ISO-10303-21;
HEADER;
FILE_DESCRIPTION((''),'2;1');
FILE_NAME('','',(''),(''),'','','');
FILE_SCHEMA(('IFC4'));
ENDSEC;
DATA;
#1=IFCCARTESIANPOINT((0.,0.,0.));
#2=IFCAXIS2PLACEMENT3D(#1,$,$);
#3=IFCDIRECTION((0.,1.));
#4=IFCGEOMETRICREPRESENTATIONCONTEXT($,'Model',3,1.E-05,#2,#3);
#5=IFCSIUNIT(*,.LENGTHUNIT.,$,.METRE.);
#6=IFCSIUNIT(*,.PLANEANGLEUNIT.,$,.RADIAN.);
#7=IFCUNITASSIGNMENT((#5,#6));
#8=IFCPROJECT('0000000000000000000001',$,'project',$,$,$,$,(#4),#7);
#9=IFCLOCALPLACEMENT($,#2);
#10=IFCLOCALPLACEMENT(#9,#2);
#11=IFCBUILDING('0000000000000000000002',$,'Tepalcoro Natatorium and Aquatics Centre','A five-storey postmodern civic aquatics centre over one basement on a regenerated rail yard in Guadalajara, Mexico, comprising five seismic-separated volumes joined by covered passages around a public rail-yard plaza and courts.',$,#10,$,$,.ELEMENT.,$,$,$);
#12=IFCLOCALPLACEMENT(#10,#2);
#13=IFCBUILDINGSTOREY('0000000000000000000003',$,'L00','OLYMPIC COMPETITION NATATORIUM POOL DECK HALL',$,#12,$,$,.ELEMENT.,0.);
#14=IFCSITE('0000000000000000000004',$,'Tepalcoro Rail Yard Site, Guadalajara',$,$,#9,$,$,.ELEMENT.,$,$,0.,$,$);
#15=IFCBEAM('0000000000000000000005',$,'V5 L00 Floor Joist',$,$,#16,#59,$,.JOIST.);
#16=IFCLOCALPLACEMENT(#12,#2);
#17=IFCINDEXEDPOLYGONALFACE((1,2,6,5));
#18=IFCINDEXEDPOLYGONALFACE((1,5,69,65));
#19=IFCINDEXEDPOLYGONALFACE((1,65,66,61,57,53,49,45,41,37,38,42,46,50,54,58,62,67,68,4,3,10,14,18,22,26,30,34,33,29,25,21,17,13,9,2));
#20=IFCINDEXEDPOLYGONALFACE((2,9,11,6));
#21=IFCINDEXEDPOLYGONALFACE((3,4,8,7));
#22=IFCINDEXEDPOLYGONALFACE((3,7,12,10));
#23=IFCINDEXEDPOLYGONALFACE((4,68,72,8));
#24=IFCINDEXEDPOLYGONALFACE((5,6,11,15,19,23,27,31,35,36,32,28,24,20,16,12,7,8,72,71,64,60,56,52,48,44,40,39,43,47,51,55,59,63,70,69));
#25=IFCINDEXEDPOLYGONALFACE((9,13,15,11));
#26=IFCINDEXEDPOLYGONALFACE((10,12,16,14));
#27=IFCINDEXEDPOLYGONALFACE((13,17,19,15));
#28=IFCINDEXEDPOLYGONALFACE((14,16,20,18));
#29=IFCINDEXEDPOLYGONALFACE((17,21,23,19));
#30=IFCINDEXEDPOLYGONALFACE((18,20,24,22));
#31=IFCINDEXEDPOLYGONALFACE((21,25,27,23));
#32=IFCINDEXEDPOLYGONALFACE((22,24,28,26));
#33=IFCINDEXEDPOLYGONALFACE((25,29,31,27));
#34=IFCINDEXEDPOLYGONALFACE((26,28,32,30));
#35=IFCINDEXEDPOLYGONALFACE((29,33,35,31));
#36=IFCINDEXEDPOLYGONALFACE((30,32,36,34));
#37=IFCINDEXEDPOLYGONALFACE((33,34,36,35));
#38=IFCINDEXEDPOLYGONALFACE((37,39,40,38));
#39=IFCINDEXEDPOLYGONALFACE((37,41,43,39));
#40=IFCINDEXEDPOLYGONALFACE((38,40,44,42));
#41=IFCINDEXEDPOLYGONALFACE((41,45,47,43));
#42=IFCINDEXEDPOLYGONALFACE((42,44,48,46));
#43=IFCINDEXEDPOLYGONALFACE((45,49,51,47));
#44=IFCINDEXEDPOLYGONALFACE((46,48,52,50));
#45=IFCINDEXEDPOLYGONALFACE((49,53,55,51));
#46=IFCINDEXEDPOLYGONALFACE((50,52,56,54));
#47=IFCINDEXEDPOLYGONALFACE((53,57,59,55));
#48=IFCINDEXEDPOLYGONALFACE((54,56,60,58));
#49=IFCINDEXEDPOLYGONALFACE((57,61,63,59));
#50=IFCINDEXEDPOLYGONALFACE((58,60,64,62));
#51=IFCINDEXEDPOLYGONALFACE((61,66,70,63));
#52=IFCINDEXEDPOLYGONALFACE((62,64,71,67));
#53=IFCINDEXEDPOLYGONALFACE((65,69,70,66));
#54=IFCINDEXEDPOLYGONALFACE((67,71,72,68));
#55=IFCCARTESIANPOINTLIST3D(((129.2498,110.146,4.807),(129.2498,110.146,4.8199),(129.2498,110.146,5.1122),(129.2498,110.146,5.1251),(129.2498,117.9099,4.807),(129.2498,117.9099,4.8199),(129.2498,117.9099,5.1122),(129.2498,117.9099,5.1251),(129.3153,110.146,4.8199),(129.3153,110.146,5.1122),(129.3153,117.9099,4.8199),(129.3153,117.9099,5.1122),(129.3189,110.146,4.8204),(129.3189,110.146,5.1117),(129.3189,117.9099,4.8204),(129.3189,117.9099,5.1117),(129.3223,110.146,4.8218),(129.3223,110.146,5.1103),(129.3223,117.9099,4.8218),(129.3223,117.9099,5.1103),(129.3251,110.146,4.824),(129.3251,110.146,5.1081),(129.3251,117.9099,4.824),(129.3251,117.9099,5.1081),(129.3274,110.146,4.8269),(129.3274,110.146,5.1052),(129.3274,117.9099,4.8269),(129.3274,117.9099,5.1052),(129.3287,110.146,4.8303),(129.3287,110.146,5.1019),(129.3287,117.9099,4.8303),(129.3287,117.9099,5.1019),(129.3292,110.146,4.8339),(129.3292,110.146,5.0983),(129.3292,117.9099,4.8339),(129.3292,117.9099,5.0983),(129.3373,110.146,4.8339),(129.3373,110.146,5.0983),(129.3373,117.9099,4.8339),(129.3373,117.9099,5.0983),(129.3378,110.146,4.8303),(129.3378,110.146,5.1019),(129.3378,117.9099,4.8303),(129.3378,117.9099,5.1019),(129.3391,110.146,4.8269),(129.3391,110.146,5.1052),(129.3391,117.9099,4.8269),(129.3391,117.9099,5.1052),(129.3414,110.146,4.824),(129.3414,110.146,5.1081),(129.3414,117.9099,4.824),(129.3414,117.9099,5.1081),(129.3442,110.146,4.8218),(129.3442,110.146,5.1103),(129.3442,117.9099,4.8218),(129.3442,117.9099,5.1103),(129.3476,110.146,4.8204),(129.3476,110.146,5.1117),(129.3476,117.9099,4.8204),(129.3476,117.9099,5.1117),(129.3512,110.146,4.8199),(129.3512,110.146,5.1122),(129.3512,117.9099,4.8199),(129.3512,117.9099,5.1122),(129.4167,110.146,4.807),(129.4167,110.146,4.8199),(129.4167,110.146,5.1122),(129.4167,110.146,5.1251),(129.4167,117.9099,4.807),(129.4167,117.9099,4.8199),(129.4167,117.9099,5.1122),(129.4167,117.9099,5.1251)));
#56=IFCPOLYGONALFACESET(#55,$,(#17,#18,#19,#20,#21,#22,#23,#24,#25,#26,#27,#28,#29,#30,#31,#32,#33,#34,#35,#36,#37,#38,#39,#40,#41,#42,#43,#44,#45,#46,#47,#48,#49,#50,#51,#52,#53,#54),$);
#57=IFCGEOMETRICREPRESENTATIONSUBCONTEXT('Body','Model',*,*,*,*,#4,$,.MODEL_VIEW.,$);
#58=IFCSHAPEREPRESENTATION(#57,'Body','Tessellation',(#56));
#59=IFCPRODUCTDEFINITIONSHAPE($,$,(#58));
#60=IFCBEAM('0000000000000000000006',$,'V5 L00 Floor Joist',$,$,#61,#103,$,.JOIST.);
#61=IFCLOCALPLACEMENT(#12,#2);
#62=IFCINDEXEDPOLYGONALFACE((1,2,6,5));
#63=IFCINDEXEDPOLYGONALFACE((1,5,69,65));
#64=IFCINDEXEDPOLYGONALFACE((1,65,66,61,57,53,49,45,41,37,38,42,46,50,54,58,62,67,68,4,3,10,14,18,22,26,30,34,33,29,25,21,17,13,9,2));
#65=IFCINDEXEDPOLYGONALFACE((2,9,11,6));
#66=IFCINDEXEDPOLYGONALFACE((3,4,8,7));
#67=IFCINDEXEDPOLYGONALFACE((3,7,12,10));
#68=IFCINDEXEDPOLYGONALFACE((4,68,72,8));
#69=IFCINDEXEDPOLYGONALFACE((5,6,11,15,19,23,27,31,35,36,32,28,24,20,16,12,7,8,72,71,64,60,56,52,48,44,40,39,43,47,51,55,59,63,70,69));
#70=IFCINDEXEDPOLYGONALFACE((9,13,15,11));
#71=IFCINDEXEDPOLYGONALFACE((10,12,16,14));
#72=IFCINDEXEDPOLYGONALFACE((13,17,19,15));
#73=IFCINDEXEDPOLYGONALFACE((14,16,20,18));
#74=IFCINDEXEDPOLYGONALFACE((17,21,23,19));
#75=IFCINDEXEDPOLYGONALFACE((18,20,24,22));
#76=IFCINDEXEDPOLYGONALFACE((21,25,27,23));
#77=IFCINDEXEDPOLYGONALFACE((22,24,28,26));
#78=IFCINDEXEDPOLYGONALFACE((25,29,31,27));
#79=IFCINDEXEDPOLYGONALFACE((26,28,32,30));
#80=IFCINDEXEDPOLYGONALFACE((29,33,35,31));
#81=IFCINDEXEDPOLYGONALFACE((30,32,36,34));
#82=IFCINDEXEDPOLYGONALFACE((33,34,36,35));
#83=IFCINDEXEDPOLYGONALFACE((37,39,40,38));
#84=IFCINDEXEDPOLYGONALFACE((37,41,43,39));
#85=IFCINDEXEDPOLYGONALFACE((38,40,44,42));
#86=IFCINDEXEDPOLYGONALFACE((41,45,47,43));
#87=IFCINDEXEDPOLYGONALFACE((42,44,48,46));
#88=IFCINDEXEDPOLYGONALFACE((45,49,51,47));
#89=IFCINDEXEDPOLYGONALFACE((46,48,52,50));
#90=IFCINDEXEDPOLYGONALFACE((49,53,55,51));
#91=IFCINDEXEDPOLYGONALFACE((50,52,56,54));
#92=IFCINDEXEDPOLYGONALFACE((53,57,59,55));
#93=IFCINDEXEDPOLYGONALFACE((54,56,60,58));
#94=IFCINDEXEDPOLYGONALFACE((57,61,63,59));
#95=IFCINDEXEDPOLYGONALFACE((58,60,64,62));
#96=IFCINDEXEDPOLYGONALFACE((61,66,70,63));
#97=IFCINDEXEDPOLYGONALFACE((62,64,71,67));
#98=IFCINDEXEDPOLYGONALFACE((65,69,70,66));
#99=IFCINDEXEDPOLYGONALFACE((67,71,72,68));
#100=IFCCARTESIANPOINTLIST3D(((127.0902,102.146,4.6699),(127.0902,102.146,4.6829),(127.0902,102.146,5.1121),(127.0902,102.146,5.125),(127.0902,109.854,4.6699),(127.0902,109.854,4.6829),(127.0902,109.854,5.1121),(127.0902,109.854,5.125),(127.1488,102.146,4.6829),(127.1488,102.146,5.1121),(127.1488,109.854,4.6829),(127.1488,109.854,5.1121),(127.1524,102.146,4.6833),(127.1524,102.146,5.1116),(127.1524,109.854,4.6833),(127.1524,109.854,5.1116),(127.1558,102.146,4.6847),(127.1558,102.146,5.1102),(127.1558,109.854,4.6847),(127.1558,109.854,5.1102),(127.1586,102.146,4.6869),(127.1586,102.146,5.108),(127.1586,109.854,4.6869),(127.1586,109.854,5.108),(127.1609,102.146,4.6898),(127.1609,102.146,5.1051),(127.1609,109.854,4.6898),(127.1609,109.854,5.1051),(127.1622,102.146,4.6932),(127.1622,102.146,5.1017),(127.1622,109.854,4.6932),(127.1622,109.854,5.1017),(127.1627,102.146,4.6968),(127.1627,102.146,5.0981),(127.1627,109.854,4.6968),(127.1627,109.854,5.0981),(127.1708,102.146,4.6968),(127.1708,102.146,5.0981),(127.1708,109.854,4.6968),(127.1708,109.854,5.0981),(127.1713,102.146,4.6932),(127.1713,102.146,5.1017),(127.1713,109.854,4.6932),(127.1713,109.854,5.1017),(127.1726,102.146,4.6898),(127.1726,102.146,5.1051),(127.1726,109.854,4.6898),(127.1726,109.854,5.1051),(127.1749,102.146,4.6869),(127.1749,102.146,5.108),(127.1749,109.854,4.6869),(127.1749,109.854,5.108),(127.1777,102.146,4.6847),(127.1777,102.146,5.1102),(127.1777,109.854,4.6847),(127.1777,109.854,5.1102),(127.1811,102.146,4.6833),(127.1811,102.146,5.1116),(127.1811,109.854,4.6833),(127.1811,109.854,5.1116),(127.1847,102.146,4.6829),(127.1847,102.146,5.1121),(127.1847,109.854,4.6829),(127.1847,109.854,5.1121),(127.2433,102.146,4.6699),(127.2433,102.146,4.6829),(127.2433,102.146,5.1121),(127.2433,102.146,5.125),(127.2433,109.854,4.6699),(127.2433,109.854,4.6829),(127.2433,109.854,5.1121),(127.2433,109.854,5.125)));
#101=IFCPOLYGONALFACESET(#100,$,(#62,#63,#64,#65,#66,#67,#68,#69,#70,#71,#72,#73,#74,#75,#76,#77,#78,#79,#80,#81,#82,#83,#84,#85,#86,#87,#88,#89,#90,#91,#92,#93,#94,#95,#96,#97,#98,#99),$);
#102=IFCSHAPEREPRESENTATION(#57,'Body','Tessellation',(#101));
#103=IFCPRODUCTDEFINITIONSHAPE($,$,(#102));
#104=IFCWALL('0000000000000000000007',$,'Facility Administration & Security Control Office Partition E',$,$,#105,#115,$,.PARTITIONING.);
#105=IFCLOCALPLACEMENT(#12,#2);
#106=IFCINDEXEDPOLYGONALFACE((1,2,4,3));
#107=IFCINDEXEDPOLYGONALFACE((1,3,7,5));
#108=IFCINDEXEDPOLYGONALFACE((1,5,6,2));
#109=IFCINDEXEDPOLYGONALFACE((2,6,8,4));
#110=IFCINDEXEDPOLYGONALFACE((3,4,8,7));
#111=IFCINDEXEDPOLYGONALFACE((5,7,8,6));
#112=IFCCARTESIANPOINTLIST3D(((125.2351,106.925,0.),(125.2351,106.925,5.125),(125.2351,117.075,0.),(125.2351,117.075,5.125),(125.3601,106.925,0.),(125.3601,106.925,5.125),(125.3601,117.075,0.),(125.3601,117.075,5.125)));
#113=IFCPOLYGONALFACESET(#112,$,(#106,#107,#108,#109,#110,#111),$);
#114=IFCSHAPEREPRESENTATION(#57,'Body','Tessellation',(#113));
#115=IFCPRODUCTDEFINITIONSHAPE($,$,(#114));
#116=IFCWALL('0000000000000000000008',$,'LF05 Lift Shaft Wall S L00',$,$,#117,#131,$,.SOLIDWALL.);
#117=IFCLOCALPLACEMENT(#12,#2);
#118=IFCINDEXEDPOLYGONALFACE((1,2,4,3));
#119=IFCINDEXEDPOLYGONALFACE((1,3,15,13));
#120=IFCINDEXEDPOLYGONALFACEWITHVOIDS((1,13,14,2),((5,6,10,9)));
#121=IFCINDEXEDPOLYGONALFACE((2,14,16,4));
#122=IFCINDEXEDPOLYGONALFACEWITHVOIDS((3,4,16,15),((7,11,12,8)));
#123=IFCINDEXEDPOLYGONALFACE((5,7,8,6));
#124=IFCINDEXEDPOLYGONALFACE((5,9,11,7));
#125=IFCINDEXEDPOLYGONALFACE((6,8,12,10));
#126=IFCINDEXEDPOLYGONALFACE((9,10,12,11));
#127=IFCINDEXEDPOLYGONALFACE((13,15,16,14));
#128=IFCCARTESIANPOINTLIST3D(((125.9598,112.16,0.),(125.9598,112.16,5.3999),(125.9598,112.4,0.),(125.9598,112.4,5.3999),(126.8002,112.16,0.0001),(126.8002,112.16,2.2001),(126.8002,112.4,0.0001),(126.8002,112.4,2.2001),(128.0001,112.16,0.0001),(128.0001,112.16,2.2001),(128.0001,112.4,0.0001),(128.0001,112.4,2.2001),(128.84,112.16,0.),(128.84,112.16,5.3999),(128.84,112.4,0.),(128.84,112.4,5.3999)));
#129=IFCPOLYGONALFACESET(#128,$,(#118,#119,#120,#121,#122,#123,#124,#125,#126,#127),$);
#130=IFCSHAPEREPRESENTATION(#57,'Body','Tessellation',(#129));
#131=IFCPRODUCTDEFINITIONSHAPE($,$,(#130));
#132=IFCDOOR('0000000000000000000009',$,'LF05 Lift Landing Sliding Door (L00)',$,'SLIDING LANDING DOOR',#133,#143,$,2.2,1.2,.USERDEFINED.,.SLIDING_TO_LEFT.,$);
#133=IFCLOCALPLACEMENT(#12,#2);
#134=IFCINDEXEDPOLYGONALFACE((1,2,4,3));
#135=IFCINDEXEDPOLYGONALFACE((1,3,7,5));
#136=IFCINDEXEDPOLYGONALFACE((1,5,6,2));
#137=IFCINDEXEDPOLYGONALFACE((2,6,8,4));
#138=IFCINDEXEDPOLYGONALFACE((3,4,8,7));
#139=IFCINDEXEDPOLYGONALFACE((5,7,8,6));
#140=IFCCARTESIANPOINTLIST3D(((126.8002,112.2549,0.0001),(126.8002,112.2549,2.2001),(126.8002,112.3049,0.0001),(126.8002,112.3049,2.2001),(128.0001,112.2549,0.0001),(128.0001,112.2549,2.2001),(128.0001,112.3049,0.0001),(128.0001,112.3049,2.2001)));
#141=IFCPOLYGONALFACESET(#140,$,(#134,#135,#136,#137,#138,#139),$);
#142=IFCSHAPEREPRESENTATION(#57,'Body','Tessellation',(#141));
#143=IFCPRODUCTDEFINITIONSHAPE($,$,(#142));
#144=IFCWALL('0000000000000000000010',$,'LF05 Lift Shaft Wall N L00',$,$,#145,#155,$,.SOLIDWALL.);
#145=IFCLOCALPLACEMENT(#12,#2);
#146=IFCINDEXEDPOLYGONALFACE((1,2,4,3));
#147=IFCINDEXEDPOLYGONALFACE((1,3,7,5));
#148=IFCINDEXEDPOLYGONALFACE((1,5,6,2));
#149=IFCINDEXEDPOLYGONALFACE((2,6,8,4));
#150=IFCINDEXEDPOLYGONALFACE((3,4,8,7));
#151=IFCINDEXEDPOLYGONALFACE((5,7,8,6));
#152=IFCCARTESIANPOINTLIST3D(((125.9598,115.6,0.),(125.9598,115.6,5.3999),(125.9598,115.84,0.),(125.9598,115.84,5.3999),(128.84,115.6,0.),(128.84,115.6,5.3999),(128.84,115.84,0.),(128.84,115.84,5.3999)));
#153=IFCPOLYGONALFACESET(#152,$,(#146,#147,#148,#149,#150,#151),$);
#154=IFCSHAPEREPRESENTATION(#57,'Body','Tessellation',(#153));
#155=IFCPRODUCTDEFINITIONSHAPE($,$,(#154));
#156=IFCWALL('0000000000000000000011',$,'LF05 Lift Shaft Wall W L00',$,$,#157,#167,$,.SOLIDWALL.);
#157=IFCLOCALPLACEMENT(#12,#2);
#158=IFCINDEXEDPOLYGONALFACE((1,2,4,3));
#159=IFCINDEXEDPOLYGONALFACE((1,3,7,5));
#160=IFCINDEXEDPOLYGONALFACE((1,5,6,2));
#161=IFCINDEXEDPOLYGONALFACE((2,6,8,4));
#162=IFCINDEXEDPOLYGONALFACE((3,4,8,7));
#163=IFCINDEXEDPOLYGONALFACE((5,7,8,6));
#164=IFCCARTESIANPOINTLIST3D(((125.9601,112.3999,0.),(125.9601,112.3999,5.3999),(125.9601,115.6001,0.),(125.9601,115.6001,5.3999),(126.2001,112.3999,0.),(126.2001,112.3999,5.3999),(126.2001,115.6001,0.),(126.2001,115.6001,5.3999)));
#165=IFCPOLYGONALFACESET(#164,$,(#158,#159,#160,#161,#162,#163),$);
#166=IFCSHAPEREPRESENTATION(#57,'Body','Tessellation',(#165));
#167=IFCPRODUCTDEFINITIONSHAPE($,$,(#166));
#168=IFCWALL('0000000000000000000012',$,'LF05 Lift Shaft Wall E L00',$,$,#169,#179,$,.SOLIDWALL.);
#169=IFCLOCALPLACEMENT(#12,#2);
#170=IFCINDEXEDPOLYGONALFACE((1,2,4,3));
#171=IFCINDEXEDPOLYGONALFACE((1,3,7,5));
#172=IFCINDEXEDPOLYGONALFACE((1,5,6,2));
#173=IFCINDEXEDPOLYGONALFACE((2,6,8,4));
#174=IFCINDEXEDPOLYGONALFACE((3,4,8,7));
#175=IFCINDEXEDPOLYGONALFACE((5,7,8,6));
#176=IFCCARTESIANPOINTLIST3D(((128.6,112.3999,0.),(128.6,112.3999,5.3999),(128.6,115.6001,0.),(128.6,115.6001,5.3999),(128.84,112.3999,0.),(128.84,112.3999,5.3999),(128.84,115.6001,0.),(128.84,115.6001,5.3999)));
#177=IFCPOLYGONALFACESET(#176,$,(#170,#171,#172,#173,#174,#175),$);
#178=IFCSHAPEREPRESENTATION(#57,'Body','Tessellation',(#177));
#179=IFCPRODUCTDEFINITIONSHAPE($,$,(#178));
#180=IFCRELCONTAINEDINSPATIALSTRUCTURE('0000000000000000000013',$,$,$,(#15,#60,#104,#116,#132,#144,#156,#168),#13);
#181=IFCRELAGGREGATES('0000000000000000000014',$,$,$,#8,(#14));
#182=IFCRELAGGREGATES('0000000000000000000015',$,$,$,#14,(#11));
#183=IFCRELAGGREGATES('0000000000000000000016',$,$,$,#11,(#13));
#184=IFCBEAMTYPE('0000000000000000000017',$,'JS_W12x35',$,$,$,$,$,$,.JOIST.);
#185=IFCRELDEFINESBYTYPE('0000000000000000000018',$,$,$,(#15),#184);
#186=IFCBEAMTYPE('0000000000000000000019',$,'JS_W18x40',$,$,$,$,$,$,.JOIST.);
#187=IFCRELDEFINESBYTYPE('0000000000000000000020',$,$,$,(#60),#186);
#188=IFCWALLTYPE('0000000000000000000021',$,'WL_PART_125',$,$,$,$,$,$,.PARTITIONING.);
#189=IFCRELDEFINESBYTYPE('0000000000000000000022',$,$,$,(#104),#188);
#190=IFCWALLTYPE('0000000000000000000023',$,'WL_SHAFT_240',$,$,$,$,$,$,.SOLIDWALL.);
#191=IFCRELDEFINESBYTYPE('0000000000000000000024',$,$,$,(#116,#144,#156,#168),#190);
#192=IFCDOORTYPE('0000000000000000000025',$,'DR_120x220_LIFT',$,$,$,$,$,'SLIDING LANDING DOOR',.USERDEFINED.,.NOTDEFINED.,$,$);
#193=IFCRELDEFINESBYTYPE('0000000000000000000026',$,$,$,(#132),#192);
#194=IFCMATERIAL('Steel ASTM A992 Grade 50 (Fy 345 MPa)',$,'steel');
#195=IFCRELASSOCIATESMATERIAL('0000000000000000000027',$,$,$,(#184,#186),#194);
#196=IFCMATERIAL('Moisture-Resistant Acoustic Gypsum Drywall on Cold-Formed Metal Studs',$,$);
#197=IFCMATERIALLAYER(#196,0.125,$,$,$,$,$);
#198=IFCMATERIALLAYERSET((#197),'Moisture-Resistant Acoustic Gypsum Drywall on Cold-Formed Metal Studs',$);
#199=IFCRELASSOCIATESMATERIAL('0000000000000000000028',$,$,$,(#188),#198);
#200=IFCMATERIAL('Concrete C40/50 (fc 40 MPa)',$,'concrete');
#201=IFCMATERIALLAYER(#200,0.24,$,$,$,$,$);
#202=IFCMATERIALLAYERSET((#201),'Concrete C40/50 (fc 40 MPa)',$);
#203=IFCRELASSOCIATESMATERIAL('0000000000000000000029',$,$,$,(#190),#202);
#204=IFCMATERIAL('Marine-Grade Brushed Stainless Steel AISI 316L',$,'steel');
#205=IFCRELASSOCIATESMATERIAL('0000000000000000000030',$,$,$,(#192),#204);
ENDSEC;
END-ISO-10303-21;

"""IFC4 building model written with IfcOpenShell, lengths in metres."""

from ifc_helpers import new_model, si_unit, direction, frame, frame_2d, origin, origin_2d, place, context, subcontext, project, spatial, rectangle, i_section, extrude, material, layer, layer_set, material_profile, profile_set, type_object, element, fill, save


model = new_model("IFC4")

# Units and contexts
model_context = context("Model", 3, precision=1e-05, world=origin(), true_north=direction((0.0, 1.0)))
body_context = subcontext(model_context, "Body", "Model", "MODEL_VIEW")
ifc_project = project(units=[si_unit("LENGTHUNIT", "METRE"), si_unit("PLANEANGLEUNIT", "RADIAN")], contexts=[model_context])

# Site, building, storey
site_placement = place(None, origin())
site = spatial("IfcSite", under=ifc_project, at=site_placement, Name="Tepalcoro Rail Yard Site, Guadalajara", CompositionType="ELEMENT", RefElevation=0.0)
building_placement = place(site_placement, origin())
building = spatial("IfcBuilding", under=site, at=building_placement, Name="Tepalcoro Natatorium and Aquatics Centre", Description="A five-storey postmodern civic aquatics centre over one basement on a regenerated rail yard in Guadalajara, Mexico, comprising five seismic-separated volumes joined by covered passages around a public rail-yard plaza and courts.", CompositionType="ELEMENT")
storey_placement = place(building_placement, origin())
storey = spatial("IfcBuildingStorey", under=building, at=storey_placement, Name="L00", Description="OLYMPIC COMPETITION NATATORIUM POOL DECK HALL", CompositionType="ELEMENT", Elevation=0.0)

# Shared definitions
ifc_material_1 = material(Name="Concrete C40/50 (fc 40 MPa)", Category="concrete")

# Beams
ifc_material_2 = material(Name="Steel ASTM A992 Grade 50 (Fy 345 MPa)", Category="steel")
ifc_material_profile_1 = material_profile(ifc_material_2, i_section(OverallWidth=0.167, OverallDepth=0.3181, WebThickness=0.0081, FlangeThickness=0.0129, FilletRadius=0.0139, at=origin_2d()), Name="W12X35")
ifc_profile_set_1 = profile_set([ifc_material_profile_1], Name="Steel ASTM A992 Grade 50 (Fy 345 MPa)")
beam_type_1 = type_object("IfcBeamType", Name="JS_W12x35", PredefinedType="JOIST", material=ifc_profile_set_1)
beam_1_placement = place(storey_placement, frame((129.3333, 110.146, 4.9661), z_axis=(0.0, 1.0, 0.0), x_axis=(-1.0, 0.0, 0.0)))
element("IfcBeam", 1, at=beam_1_placement, inside=storey, type_object=beam_type_1, Name="V5 L00 Floor Joist", PredefinedType="JOIST", context=body_context, shape_type="SweptSolid", body=[
    extrude(i_section(OverallWidth=0.167, OverallDepth=0.3181, WebThickness=0.0081, FlangeThickness=0.0129, FilletRadius=0.0139, at=origin_2d()), origin(), (0.0, 0.0, 1.0), 7.7639),
])
ifc_material_profile_2 = material_profile(ifc_material_2, i_section(OverallWidth=0.1531, OverallDepth=0.4551, WebThickness=0.0081, FlangeThickness=0.0129, FilletRadius=0.0139, at=origin_2d()), Name="W18X40")
ifc_profile_set_2 = profile_set([ifc_material_profile_2], Name="Steel ASTM A992 Grade 50 (Fy 345 MPa)")
beam_type_2 = type_object("IfcBeamType", Name="JS_W18x40", PredefinedType="JOIST", material=ifc_profile_set_2)
beam_2_placement = place(storey_placement, frame((127.1667, 102.146, 4.8975), z_axis=(0.0, 1.0, 0.0), x_axis=(-1.0, 0.0, 0.0)))
element("IfcBeam", 2, at=beam_2_placement, inside=storey, type_object=beam_type_2, Name="V5 L00 Floor Joist", PredefinedType="JOIST", context=body_context, shape_type="SweptSolid", body=[
    extrude(i_section(OverallWidth=0.1531, OverallDepth=0.4551, WebThickness=0.0081, FlangeThickness=0.0129, FilletRadius=0.0139, at=origin_2d()), origin(), (0.0, 0.0, 1.0), 7.708),
])

# Wall
ifc_material_3 = material(Name="Moisture-Resistant Acoustic Gypsum Drywall on Cold-Formed Metal Studs")
ifc_layer_1 = layer(ifc_material_3, 0.125)
ifc_layer_set_1 = layer_set([ifc_layer_1], Name="Moisture-Resistant Acoustic Gypsum Drywall on Cold-Formed Metal Studs")
wall_type_1 = type_object("IfcWallType", Name="WL_PART_125", PredefinedType="PARTITIONING", material=ifc_layer_set_1)
wall_1_placement = place(storey_placement, frame((125.2976, 106.925, 0.0), z_axis=(0.0, 0.0, 1.0), x_axis=(0.0, 1.0, 0.0)))
element("IfcWall", 3, at=wall_1_placement, inside=storey, type_object=wall_type_1, Name="Facility Administration & Security Control Office Partition E", PredefinedType="PARTITIONING", context=body_context, shape_type="SweptSolid", body=[
    extrude(rectangle(XDim=10.1499, YDim=0.125, at=frame_2d((5.075, 0.0))), origin(), (0.0, 0.0, 1.0), 5.125),
])

# Wall, opening, door
ifc_layer_2 = layer(ifc_material_1, 0.24)
ifc_layer_set_2 = layer_set([ifc_layer_2], Name="Concrete C40/50 (fc 40 MPa)")
wall_type_2 = type_object("IfcWallType", Name="WL_SHAFT_240", PredefinedType="SOLIDWALL", material=ifc_layer_set_2)
wall_2_placement = place(storey_placement, frame((125.96, 112.28, 0.0), z_axis=(0.0, 0.0, 1.0), x_axis=(1.0, 0.0, 0.0)))
wall_2 = element("IfcWall", 4, at=wall_2_placement, inside=storey, type_object=wall_type_2, Name="LF05 Lift Shaft Wall S L00", PredefinedType="SOLIDWALL", context=body_context, shape_type="SweptSolid", body=[
    extrude(rectangle(XDim=2.8801, YDim=0.24, at=frame_2d((1.4399, 0.0))), origin(), (0.0, 0.0, 1.0), 5.3999),
])
opening_1_placement = place(wall_2_placement, frame((0.8401, 0.0, 0.0)))
opening_1 = element("IfcOpeningElement", 5, at=opening_1_placement, cuts=wall_2, PredefinedType="OPENING", context=body_context, shape_type="SweptSolid", body=[
    extrude(rectangle(XDim=1.2, YDim=2.2, at=frame_2d((0.6001, 1.1001))), frame((0.0, 0.1318, 0.0), z_axis=(0.0, -1.0, 0.0), x_axis=(1.0, 0.0, 0.0)), (0.0, 0.0, 1.0), 0.2639),
])
ifc_material_4 = material(Name="Marine-Grade Brushed Stainless Steel AISI 316L", Category="steel")
door_type_1 = type_object("IfcDoorType", Name="DR_120x220_LIFT", ElementType="SLIDING LANDING DOOR", OperationType="NOTDEFINED", PredefinedType="USERDEFINED", material=ifc_material_4)
door_1_placement = place(opening_1_placement, origin())
door_1 = element("IfcDoor", 6, at=door_1_placement, inside=storey, type_object=door_type_1, Name="LF05 Lift Landing Sliding Door (L00)", ObjectType="SLIDING LANDING DOOR", OperationType="SLIDING_TO_LEFT", OverallHeight=2.2, OverallWidth=1.2, PredefinedType="USERDEFINED", context=body_context, shape_type="SweptSolid", body=[
    extrude(rectangle(XDim=1.2, YDim=2.2, at=frame_2d((0.6001, 1.1001))), frame((0.0, 0.0249, 0.0), z_axis=(0.0, -1.0, 0.0), x_axis=(1.0, 0.0, 0.0)), (0.0, 0.0, 1.0), 0.05),
])
fill(opening_1, door_1)

# Walls
wall_3_placement = place(storey_placement, frame((125.96, 115.72, 0.0), z_axis=(0.0, 0.0, 1.0), x_axis=(1.0, 0.0, 0.0)))
element("IfcWall", 7, at=wall_3_placement, inside=storey, type_object=wall_type_2, Name="LF05 Lift Shaft Wall N L00", PredefinedType="SOLIDWALL", context=body_context, shape_type="SweptSolid", body=[
    extrude(rectangle(XDim=2.8801, YDim=0.24, at=frame_2d((1.4399, 0.0))), origin(), (0.0, 0.0, 1.0), 5.3999),
])
for number, where, z_axis, x_axis, name in (
    (8, (126.0801, 112.3999, 0.0), (0.0, 0.0, 1.0), (0.0, 1.0, 0.0), "LF05 Lift Shaft Wall W L00"),
    (9, (128.72, 112.3999, 0.0), (0.0, 0.0, 1.0), (0.0, 1.0, 0.0), "LF05 Lift Shaft Wall E L00"),
):
    element("IfcWall", number, at=place(storey_placement, frame(where, z_axis=z_axis, x_axis=x_axis)), inside=storey, type_object=wall_type_2, Name=name, PredefinedType="SOLIDWALL", context=body_context, shape_type="SweptSolid", body=[
        extrude(rectangle(XDim=3.2002, YDim=0.24, at=frame_2d((1.6001, 0.0))), origin(), (0.0, 0.0, 1.0), 5.3999),
    ])

save(model, "model.ifc")
